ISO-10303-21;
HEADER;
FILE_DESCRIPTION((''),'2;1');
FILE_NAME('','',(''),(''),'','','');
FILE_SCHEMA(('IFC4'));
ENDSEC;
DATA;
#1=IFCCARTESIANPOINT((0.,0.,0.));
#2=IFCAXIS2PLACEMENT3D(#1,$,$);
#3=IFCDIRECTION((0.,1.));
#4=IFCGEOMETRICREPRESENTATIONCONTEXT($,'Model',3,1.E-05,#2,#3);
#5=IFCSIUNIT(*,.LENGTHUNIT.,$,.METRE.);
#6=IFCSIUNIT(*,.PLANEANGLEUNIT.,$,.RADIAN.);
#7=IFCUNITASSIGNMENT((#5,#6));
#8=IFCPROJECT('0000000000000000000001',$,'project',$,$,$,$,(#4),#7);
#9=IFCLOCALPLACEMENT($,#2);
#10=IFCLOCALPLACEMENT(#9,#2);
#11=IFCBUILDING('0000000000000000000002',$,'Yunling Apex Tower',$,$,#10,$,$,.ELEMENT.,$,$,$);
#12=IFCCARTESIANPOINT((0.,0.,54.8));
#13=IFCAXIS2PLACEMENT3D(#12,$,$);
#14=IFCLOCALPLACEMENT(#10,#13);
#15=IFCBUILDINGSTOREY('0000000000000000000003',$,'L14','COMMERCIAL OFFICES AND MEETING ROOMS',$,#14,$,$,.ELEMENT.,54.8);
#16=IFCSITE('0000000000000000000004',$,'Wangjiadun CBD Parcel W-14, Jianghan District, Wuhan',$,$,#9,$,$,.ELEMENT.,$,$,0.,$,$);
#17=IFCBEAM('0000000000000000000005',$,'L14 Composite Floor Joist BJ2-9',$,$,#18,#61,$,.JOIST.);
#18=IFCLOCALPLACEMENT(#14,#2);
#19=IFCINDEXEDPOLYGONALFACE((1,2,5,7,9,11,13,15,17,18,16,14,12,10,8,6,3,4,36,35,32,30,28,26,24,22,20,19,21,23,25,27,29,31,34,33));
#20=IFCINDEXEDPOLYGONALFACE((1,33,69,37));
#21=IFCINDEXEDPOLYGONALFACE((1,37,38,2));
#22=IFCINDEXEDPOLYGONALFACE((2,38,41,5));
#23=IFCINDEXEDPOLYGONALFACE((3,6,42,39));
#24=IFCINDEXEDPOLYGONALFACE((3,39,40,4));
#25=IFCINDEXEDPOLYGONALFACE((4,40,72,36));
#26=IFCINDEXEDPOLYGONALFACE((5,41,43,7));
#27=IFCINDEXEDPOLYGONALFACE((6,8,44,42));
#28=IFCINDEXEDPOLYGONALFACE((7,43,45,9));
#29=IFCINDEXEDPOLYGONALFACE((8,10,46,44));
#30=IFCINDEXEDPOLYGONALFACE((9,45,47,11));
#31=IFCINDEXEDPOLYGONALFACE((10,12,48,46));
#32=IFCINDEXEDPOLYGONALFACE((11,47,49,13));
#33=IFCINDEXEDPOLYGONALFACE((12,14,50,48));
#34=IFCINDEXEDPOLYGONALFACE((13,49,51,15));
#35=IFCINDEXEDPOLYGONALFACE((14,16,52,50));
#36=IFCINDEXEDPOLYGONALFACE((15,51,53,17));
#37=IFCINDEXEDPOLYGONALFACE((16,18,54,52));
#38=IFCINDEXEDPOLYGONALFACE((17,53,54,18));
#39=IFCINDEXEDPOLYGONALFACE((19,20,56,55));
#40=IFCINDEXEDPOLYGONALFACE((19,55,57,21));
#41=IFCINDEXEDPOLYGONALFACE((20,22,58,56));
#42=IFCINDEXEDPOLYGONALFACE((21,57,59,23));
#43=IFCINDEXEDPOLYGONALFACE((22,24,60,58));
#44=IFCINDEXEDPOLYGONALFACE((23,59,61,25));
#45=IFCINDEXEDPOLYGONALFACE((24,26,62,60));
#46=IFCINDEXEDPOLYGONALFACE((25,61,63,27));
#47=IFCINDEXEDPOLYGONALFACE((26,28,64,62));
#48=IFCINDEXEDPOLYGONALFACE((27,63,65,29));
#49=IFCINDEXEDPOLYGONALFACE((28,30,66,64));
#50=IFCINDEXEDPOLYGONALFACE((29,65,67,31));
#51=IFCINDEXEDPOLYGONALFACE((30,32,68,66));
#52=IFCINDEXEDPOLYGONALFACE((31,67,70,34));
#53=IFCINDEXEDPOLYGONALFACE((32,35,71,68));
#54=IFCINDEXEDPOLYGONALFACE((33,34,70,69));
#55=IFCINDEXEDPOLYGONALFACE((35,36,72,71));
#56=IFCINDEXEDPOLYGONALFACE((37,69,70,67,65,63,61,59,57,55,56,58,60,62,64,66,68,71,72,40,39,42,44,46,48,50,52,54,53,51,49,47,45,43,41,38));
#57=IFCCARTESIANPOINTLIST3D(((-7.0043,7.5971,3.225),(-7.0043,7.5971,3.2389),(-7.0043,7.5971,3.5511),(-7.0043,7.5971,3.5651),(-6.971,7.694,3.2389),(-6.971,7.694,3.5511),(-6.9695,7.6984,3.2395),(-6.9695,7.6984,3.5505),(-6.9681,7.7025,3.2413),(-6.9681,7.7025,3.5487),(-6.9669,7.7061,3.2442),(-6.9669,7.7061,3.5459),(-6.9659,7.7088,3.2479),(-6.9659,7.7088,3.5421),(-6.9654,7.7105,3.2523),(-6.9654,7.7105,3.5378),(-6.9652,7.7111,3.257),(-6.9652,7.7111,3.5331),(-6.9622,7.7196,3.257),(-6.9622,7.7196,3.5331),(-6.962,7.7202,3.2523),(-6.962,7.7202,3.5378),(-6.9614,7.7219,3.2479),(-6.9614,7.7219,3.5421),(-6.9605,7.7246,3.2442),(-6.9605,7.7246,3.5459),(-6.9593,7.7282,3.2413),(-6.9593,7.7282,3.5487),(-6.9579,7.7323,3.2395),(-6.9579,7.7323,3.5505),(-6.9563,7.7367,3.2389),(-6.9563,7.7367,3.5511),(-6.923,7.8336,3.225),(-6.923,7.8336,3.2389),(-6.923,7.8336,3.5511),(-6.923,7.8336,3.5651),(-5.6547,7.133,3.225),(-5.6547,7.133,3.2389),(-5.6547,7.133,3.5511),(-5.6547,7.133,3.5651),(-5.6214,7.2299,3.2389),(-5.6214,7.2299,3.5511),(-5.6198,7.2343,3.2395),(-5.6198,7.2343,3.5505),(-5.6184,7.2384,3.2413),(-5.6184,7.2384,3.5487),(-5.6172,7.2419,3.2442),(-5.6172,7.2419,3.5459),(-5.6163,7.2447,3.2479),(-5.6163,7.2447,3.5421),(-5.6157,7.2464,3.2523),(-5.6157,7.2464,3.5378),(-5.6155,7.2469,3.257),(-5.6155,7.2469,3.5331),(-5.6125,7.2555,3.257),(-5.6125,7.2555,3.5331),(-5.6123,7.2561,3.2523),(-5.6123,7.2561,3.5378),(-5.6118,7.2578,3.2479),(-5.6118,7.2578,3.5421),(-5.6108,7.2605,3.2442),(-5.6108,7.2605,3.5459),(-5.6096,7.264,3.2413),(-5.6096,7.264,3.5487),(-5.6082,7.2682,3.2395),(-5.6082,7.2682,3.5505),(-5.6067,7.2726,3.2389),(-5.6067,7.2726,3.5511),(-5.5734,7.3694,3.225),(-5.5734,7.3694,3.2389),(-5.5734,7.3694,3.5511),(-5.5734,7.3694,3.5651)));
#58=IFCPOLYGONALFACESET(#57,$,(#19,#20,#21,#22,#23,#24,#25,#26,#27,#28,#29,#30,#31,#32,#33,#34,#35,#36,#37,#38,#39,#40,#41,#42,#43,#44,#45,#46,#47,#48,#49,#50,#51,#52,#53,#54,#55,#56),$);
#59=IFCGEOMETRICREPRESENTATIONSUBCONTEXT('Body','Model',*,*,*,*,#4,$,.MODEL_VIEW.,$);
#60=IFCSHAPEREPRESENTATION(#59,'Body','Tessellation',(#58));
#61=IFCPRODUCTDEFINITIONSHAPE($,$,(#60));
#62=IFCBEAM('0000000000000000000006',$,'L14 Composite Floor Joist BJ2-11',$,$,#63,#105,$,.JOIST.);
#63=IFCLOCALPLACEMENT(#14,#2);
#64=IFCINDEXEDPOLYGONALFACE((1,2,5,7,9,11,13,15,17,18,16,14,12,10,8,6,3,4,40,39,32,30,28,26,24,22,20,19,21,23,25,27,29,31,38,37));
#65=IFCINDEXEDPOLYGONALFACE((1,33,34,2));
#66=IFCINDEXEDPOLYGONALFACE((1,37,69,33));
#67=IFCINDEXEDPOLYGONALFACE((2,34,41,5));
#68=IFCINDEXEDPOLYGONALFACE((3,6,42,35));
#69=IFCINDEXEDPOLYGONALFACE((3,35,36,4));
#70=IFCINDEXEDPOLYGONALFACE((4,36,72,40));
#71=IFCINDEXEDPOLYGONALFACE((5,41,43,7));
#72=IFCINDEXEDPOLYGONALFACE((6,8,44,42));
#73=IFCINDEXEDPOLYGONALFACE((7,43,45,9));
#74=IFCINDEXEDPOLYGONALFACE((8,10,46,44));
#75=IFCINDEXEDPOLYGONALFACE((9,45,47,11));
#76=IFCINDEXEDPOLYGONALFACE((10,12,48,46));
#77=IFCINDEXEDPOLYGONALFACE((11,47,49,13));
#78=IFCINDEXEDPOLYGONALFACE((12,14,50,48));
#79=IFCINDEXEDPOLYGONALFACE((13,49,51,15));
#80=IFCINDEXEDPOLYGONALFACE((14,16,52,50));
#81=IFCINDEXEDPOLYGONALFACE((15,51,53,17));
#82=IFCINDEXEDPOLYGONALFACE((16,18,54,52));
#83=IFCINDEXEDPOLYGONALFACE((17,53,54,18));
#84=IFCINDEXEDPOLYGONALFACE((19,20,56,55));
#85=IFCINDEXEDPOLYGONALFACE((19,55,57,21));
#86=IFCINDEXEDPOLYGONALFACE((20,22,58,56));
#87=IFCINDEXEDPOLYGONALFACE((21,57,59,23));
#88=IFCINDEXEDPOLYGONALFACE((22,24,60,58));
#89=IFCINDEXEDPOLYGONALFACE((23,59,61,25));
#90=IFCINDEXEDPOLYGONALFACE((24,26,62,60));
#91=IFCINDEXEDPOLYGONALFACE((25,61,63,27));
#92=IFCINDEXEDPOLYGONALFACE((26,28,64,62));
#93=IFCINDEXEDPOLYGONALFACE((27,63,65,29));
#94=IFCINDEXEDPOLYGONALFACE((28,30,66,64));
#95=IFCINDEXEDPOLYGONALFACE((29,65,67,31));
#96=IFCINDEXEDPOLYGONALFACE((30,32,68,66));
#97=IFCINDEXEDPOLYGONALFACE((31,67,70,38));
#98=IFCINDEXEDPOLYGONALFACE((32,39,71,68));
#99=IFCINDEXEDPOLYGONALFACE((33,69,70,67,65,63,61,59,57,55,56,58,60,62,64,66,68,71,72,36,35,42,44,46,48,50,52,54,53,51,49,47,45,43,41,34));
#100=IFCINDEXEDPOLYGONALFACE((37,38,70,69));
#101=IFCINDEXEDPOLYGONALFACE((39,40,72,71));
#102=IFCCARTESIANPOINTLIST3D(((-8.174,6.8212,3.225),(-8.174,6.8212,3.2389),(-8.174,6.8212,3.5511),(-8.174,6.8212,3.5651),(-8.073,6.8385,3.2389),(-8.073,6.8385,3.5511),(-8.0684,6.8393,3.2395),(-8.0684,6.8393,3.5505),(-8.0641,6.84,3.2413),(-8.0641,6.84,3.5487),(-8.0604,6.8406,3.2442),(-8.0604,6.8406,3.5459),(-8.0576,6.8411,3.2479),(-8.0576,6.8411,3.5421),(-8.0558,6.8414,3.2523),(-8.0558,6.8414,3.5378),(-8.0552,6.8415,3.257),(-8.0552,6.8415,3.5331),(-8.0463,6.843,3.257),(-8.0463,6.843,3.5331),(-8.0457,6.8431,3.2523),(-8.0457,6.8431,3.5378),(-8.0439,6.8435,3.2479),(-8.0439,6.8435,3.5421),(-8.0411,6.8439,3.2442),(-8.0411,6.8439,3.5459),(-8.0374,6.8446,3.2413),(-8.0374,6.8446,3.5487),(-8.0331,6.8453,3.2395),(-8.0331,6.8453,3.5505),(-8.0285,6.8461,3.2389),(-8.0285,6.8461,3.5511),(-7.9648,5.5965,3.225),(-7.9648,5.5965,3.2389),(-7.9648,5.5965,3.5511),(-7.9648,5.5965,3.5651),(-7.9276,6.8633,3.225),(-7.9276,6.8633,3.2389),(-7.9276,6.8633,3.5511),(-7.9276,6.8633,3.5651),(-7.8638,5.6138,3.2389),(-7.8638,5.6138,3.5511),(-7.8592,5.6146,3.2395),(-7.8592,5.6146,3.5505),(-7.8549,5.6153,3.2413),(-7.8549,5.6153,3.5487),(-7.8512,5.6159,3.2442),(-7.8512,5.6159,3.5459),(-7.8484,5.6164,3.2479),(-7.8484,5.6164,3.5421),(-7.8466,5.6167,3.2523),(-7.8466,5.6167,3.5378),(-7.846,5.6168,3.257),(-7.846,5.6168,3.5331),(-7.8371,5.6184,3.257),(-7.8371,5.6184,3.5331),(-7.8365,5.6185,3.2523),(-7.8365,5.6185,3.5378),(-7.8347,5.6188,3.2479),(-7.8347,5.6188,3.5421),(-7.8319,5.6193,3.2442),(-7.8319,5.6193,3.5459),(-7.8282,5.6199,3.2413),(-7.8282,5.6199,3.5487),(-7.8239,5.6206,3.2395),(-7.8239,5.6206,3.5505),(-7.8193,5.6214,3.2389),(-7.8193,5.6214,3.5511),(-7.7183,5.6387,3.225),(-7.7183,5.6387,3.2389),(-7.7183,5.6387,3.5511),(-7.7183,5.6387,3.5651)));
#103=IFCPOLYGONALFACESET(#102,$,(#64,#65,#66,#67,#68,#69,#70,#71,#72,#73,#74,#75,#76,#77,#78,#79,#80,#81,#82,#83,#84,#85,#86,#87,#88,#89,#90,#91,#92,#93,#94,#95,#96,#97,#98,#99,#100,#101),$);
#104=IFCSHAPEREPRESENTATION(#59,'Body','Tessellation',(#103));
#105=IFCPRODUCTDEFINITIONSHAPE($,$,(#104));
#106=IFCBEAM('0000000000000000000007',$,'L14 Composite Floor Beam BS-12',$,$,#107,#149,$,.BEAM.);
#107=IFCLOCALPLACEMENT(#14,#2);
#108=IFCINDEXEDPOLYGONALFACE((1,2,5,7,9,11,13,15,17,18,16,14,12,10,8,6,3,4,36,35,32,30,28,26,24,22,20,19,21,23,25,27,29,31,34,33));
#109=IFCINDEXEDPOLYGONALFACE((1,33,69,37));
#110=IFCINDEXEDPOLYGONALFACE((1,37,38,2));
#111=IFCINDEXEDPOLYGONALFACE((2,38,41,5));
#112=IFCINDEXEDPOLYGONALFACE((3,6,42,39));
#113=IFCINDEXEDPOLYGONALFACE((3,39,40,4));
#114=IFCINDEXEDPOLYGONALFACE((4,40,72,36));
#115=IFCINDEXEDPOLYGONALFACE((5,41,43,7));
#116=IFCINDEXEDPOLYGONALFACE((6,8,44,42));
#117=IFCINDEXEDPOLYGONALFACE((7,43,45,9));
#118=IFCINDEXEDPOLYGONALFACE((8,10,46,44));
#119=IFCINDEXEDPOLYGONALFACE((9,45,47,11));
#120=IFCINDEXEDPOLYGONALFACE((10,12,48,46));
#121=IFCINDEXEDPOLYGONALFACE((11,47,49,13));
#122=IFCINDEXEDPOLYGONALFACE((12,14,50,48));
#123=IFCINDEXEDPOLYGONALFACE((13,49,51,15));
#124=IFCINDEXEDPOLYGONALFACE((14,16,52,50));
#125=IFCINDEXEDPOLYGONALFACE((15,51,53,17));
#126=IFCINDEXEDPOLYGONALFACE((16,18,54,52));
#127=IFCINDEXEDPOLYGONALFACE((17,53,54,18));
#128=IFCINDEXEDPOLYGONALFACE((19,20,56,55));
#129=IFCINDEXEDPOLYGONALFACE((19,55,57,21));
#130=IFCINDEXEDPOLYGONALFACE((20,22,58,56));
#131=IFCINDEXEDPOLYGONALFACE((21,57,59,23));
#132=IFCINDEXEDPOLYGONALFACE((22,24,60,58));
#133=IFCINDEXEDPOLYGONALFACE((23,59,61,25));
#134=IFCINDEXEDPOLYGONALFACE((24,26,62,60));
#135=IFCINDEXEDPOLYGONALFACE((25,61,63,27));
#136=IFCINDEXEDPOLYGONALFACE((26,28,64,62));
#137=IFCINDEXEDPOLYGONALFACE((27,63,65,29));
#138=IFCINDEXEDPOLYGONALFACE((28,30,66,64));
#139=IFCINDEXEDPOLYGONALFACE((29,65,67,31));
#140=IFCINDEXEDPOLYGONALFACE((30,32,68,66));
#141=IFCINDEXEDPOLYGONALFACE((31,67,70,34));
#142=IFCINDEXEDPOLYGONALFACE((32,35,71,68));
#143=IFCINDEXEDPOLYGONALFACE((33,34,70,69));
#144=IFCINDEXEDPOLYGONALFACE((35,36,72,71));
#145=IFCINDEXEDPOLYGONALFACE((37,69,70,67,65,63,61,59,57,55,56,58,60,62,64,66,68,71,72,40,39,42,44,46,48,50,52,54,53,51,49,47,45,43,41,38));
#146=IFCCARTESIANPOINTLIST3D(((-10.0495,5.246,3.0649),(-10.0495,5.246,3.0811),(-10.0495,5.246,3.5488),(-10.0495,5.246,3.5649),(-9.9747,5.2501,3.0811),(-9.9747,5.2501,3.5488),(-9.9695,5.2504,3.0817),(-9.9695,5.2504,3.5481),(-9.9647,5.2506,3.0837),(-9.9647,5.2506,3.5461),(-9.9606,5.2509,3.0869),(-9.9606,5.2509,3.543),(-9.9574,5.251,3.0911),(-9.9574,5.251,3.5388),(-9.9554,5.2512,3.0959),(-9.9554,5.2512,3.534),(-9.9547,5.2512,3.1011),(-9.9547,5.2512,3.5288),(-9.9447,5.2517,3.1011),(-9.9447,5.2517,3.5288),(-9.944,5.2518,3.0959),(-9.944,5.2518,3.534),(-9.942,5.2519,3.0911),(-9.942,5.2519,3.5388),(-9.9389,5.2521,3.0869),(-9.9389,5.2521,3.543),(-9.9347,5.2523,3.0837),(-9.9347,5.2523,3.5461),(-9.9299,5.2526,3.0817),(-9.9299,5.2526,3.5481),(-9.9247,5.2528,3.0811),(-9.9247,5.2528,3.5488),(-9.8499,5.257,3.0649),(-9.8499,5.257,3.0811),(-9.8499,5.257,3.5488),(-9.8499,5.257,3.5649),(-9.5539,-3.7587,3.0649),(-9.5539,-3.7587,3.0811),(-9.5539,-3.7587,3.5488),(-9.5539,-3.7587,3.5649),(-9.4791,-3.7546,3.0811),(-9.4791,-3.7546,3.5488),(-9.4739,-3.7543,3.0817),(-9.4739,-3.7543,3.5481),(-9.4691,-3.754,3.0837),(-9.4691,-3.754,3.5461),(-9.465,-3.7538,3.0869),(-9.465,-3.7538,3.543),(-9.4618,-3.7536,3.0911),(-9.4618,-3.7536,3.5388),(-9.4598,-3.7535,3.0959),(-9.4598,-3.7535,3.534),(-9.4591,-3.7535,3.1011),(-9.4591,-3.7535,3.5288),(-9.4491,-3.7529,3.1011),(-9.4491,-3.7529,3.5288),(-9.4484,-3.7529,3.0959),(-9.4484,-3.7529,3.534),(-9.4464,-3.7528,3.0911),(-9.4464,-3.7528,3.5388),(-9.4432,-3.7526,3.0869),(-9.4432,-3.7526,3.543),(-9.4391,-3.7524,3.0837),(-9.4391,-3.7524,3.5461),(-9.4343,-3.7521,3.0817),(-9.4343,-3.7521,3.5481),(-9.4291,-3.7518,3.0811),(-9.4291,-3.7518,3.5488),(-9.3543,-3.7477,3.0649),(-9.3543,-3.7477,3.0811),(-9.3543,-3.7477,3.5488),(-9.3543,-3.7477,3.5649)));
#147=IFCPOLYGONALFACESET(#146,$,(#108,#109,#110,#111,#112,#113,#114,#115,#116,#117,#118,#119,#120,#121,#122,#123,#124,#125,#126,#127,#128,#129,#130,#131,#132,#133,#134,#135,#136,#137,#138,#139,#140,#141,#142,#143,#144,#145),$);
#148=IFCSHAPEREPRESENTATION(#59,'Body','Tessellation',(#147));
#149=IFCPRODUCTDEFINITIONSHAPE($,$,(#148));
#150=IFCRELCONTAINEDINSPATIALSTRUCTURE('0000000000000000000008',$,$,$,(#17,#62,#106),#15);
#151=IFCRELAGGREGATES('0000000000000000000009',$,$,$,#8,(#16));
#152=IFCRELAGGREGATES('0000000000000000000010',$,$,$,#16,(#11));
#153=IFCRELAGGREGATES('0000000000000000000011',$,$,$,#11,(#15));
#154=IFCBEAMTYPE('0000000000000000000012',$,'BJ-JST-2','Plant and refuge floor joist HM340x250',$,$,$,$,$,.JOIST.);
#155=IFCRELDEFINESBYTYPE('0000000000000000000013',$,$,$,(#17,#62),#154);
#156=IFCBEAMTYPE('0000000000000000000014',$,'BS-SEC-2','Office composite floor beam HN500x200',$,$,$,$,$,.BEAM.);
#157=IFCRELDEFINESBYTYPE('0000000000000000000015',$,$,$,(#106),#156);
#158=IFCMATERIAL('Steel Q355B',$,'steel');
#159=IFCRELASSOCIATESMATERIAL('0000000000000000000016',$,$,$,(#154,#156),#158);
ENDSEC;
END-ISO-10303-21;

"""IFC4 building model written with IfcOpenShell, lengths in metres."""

from ifc_helpers import new_model, si_unit, direction, frame, origin, origin_2d, place, context, subcontext, project, spatial, i_section, extrude, source, transform, mapped, material, material_profile, profile_set, type_object, element, save


model = new_model("IFC4")

# Units and contexts
model_context = context("Model", 3, precision=1e-05, world=origin(), true_north=direction((0.0, 1.0)))
body_context = subcontext(model_context, "Body", "Model", "MODEL_VIEW")
ifc_project = project(units=[si_unit("LENGTHUNIT", "METRE"), si_unit("PLANEANGLEUNIT", "RADIAN")], contexts=[model_context])

# Site, building, storey
site_placement = place(None, origin())
site = spatial("IfcSite", under=ifc_project, at=site_placement, Name="Wangjiadun CBD Parcel W-14, Jianghan District, Wuhan", CompositionType="ELEMENT", RefElevation=0.0)
building_placement = place(site_placement, origin())
building = spatial("IfcBuilding", under=site, at=building_placement, Name="Yunling Apex Tower", CompositionType="ELEMENT")
storey_placement = place(building_placement, frame((0.0, 0.0, 54.8)))
storey = spatial("IfcBuildingStorey", under=building, at=storey_placement, Name="L14", Description="COMMERCIAL OFFICES AND MEETING ROOMS", CompositionType="ELEMENT", Elevation=54.8)

# Beams
ifc_material_1 = material(Name="Steel Q355B", Category="steel")
ifc_material_profile_1 = material_profile(ifc_material_1, i_section(OverallWidth=0.25, OverallDepth=0.3401, WebThickness=0.009, FlangeThickness=0.0139, FilletRadius=0.0181, at=origin_2d()))
ifc_profile_set_1 = profile_set([ifc_material_profile_1], Name="Steel Q355B")
beam_type_1 = type_object("IfcBeamType", Name="BJ-JST-2", Description="Plant and refuge floor joist HM340x250", PredefinedType="JOIST", material=ifc_profile_set_1)
shared_shape_1 = source(origin(), body_context, "Body", "SweptSolid", [
    extrude(i_section(OverallWidth=0.25, OverallDepth=0.3401, WebThickness=0.009, FlangeThickness=0.0139, FilletRadius=0.0181, at=origin_2d()), origin(), (0.0, 0.0, 1.0), 1.4272),
])
beam_1_placement = place(storey_placement, frame((-5.614, 7.2512, 3.395), z_axis=(-0.945647, 0.325195, 0.0), x_axis=(-0.325195, -0.945647, 0.0)))
element("IfcBeam", 1, at=beam_1_placement, inside=storey, type_object=beam_type_1, Name="L14 Composite Floor Joist BJ2-9", PredefinedType="JOIST", context=body_context, shape_type="MappedRepresentation", body=[
    mapped(shared_shape_1, transform((0.0, 0.0, 0.0), scale=1.0)),
])
shared_shape_2 = source(origin(), body_context, "Body", "SweptSolid", [
    extrude(i_section(OverallWidth=0.25, OverallDepth=0.3401, WebThickness=0.009, FlangeThickness=0.0139, FilletRadius=0.0181, at=origin_2d()), origin(), (0.0, 0.0, 1.0), 1.2424),
])
beam_2_placement = place(storey_placement, frame((-8.0508, 6.8423, 3.395), z_axis=(0.168413, -0.985717, 0.0), x_axis=(0.985717, 0.168413, 0.0)))
element("IfcBeam", 2, at=beam_2_placement, inside=storey, type_object=beam_type_1, Name="L14 Composite Floor Joist BJ2-11", PredefinedType="JOIST", context=body_context, shape_type="MappedRepresentation", body=[
    mapped(shared_shape_2, transform((0.0, 0.0, 0.0), scale=1.0)),
])
ifc_material_profile_2 = material_profile(ifc_material_1, i_section(OverallWidth=0.2, OverallDepth=0.5, WebThickness=0.01, FlangeThickness=0.0161, FilletRadius=0.02, at=origin_2d()))
ifc_profile_set_2 = profile_set([ifc_material_profile_2], Name="Steel Q355B")
beam_type_2 = type_object("IfcBeamType", Name="BS-SEC-2", Description="Office composite floor beam HN500x200", PredefinedType="BEAM", material=ifc_profile_set_2)
shared_shape_3 = source(origin(), body_context, "Body", "SweptSolid", [
    extrude(i_section(OverallWidth=0.2, OverallDepth=0.5, WebThickness=0.01, FlangeThickness=0.0161, FilletRadius=0.02, at=origin_2d()), origin(), (0.0, 0.0, 1.0), 9.0183),
])
beam_3_placement = place(storey_placement, frame((-9.9497, 5.2515, 3.3149), z_axis=(0.054956, -0.998489, 0.0), x_axis=(0.998489, 0.054956, 0.0)))
element("IfcBeam", 3, at=beam_3_placement, inside=storey, type_object=beam_type_2, Name="L14 Composite Floor Beam BS-12", PredefinedType="BEAM", context=body_context, shape_type="MappedRepresentation", body=[
    mapped(shared_shape_3, transform((0.0, 0.0, 0.0), scale=1.0)),
])

save(model, "model.ifc")
